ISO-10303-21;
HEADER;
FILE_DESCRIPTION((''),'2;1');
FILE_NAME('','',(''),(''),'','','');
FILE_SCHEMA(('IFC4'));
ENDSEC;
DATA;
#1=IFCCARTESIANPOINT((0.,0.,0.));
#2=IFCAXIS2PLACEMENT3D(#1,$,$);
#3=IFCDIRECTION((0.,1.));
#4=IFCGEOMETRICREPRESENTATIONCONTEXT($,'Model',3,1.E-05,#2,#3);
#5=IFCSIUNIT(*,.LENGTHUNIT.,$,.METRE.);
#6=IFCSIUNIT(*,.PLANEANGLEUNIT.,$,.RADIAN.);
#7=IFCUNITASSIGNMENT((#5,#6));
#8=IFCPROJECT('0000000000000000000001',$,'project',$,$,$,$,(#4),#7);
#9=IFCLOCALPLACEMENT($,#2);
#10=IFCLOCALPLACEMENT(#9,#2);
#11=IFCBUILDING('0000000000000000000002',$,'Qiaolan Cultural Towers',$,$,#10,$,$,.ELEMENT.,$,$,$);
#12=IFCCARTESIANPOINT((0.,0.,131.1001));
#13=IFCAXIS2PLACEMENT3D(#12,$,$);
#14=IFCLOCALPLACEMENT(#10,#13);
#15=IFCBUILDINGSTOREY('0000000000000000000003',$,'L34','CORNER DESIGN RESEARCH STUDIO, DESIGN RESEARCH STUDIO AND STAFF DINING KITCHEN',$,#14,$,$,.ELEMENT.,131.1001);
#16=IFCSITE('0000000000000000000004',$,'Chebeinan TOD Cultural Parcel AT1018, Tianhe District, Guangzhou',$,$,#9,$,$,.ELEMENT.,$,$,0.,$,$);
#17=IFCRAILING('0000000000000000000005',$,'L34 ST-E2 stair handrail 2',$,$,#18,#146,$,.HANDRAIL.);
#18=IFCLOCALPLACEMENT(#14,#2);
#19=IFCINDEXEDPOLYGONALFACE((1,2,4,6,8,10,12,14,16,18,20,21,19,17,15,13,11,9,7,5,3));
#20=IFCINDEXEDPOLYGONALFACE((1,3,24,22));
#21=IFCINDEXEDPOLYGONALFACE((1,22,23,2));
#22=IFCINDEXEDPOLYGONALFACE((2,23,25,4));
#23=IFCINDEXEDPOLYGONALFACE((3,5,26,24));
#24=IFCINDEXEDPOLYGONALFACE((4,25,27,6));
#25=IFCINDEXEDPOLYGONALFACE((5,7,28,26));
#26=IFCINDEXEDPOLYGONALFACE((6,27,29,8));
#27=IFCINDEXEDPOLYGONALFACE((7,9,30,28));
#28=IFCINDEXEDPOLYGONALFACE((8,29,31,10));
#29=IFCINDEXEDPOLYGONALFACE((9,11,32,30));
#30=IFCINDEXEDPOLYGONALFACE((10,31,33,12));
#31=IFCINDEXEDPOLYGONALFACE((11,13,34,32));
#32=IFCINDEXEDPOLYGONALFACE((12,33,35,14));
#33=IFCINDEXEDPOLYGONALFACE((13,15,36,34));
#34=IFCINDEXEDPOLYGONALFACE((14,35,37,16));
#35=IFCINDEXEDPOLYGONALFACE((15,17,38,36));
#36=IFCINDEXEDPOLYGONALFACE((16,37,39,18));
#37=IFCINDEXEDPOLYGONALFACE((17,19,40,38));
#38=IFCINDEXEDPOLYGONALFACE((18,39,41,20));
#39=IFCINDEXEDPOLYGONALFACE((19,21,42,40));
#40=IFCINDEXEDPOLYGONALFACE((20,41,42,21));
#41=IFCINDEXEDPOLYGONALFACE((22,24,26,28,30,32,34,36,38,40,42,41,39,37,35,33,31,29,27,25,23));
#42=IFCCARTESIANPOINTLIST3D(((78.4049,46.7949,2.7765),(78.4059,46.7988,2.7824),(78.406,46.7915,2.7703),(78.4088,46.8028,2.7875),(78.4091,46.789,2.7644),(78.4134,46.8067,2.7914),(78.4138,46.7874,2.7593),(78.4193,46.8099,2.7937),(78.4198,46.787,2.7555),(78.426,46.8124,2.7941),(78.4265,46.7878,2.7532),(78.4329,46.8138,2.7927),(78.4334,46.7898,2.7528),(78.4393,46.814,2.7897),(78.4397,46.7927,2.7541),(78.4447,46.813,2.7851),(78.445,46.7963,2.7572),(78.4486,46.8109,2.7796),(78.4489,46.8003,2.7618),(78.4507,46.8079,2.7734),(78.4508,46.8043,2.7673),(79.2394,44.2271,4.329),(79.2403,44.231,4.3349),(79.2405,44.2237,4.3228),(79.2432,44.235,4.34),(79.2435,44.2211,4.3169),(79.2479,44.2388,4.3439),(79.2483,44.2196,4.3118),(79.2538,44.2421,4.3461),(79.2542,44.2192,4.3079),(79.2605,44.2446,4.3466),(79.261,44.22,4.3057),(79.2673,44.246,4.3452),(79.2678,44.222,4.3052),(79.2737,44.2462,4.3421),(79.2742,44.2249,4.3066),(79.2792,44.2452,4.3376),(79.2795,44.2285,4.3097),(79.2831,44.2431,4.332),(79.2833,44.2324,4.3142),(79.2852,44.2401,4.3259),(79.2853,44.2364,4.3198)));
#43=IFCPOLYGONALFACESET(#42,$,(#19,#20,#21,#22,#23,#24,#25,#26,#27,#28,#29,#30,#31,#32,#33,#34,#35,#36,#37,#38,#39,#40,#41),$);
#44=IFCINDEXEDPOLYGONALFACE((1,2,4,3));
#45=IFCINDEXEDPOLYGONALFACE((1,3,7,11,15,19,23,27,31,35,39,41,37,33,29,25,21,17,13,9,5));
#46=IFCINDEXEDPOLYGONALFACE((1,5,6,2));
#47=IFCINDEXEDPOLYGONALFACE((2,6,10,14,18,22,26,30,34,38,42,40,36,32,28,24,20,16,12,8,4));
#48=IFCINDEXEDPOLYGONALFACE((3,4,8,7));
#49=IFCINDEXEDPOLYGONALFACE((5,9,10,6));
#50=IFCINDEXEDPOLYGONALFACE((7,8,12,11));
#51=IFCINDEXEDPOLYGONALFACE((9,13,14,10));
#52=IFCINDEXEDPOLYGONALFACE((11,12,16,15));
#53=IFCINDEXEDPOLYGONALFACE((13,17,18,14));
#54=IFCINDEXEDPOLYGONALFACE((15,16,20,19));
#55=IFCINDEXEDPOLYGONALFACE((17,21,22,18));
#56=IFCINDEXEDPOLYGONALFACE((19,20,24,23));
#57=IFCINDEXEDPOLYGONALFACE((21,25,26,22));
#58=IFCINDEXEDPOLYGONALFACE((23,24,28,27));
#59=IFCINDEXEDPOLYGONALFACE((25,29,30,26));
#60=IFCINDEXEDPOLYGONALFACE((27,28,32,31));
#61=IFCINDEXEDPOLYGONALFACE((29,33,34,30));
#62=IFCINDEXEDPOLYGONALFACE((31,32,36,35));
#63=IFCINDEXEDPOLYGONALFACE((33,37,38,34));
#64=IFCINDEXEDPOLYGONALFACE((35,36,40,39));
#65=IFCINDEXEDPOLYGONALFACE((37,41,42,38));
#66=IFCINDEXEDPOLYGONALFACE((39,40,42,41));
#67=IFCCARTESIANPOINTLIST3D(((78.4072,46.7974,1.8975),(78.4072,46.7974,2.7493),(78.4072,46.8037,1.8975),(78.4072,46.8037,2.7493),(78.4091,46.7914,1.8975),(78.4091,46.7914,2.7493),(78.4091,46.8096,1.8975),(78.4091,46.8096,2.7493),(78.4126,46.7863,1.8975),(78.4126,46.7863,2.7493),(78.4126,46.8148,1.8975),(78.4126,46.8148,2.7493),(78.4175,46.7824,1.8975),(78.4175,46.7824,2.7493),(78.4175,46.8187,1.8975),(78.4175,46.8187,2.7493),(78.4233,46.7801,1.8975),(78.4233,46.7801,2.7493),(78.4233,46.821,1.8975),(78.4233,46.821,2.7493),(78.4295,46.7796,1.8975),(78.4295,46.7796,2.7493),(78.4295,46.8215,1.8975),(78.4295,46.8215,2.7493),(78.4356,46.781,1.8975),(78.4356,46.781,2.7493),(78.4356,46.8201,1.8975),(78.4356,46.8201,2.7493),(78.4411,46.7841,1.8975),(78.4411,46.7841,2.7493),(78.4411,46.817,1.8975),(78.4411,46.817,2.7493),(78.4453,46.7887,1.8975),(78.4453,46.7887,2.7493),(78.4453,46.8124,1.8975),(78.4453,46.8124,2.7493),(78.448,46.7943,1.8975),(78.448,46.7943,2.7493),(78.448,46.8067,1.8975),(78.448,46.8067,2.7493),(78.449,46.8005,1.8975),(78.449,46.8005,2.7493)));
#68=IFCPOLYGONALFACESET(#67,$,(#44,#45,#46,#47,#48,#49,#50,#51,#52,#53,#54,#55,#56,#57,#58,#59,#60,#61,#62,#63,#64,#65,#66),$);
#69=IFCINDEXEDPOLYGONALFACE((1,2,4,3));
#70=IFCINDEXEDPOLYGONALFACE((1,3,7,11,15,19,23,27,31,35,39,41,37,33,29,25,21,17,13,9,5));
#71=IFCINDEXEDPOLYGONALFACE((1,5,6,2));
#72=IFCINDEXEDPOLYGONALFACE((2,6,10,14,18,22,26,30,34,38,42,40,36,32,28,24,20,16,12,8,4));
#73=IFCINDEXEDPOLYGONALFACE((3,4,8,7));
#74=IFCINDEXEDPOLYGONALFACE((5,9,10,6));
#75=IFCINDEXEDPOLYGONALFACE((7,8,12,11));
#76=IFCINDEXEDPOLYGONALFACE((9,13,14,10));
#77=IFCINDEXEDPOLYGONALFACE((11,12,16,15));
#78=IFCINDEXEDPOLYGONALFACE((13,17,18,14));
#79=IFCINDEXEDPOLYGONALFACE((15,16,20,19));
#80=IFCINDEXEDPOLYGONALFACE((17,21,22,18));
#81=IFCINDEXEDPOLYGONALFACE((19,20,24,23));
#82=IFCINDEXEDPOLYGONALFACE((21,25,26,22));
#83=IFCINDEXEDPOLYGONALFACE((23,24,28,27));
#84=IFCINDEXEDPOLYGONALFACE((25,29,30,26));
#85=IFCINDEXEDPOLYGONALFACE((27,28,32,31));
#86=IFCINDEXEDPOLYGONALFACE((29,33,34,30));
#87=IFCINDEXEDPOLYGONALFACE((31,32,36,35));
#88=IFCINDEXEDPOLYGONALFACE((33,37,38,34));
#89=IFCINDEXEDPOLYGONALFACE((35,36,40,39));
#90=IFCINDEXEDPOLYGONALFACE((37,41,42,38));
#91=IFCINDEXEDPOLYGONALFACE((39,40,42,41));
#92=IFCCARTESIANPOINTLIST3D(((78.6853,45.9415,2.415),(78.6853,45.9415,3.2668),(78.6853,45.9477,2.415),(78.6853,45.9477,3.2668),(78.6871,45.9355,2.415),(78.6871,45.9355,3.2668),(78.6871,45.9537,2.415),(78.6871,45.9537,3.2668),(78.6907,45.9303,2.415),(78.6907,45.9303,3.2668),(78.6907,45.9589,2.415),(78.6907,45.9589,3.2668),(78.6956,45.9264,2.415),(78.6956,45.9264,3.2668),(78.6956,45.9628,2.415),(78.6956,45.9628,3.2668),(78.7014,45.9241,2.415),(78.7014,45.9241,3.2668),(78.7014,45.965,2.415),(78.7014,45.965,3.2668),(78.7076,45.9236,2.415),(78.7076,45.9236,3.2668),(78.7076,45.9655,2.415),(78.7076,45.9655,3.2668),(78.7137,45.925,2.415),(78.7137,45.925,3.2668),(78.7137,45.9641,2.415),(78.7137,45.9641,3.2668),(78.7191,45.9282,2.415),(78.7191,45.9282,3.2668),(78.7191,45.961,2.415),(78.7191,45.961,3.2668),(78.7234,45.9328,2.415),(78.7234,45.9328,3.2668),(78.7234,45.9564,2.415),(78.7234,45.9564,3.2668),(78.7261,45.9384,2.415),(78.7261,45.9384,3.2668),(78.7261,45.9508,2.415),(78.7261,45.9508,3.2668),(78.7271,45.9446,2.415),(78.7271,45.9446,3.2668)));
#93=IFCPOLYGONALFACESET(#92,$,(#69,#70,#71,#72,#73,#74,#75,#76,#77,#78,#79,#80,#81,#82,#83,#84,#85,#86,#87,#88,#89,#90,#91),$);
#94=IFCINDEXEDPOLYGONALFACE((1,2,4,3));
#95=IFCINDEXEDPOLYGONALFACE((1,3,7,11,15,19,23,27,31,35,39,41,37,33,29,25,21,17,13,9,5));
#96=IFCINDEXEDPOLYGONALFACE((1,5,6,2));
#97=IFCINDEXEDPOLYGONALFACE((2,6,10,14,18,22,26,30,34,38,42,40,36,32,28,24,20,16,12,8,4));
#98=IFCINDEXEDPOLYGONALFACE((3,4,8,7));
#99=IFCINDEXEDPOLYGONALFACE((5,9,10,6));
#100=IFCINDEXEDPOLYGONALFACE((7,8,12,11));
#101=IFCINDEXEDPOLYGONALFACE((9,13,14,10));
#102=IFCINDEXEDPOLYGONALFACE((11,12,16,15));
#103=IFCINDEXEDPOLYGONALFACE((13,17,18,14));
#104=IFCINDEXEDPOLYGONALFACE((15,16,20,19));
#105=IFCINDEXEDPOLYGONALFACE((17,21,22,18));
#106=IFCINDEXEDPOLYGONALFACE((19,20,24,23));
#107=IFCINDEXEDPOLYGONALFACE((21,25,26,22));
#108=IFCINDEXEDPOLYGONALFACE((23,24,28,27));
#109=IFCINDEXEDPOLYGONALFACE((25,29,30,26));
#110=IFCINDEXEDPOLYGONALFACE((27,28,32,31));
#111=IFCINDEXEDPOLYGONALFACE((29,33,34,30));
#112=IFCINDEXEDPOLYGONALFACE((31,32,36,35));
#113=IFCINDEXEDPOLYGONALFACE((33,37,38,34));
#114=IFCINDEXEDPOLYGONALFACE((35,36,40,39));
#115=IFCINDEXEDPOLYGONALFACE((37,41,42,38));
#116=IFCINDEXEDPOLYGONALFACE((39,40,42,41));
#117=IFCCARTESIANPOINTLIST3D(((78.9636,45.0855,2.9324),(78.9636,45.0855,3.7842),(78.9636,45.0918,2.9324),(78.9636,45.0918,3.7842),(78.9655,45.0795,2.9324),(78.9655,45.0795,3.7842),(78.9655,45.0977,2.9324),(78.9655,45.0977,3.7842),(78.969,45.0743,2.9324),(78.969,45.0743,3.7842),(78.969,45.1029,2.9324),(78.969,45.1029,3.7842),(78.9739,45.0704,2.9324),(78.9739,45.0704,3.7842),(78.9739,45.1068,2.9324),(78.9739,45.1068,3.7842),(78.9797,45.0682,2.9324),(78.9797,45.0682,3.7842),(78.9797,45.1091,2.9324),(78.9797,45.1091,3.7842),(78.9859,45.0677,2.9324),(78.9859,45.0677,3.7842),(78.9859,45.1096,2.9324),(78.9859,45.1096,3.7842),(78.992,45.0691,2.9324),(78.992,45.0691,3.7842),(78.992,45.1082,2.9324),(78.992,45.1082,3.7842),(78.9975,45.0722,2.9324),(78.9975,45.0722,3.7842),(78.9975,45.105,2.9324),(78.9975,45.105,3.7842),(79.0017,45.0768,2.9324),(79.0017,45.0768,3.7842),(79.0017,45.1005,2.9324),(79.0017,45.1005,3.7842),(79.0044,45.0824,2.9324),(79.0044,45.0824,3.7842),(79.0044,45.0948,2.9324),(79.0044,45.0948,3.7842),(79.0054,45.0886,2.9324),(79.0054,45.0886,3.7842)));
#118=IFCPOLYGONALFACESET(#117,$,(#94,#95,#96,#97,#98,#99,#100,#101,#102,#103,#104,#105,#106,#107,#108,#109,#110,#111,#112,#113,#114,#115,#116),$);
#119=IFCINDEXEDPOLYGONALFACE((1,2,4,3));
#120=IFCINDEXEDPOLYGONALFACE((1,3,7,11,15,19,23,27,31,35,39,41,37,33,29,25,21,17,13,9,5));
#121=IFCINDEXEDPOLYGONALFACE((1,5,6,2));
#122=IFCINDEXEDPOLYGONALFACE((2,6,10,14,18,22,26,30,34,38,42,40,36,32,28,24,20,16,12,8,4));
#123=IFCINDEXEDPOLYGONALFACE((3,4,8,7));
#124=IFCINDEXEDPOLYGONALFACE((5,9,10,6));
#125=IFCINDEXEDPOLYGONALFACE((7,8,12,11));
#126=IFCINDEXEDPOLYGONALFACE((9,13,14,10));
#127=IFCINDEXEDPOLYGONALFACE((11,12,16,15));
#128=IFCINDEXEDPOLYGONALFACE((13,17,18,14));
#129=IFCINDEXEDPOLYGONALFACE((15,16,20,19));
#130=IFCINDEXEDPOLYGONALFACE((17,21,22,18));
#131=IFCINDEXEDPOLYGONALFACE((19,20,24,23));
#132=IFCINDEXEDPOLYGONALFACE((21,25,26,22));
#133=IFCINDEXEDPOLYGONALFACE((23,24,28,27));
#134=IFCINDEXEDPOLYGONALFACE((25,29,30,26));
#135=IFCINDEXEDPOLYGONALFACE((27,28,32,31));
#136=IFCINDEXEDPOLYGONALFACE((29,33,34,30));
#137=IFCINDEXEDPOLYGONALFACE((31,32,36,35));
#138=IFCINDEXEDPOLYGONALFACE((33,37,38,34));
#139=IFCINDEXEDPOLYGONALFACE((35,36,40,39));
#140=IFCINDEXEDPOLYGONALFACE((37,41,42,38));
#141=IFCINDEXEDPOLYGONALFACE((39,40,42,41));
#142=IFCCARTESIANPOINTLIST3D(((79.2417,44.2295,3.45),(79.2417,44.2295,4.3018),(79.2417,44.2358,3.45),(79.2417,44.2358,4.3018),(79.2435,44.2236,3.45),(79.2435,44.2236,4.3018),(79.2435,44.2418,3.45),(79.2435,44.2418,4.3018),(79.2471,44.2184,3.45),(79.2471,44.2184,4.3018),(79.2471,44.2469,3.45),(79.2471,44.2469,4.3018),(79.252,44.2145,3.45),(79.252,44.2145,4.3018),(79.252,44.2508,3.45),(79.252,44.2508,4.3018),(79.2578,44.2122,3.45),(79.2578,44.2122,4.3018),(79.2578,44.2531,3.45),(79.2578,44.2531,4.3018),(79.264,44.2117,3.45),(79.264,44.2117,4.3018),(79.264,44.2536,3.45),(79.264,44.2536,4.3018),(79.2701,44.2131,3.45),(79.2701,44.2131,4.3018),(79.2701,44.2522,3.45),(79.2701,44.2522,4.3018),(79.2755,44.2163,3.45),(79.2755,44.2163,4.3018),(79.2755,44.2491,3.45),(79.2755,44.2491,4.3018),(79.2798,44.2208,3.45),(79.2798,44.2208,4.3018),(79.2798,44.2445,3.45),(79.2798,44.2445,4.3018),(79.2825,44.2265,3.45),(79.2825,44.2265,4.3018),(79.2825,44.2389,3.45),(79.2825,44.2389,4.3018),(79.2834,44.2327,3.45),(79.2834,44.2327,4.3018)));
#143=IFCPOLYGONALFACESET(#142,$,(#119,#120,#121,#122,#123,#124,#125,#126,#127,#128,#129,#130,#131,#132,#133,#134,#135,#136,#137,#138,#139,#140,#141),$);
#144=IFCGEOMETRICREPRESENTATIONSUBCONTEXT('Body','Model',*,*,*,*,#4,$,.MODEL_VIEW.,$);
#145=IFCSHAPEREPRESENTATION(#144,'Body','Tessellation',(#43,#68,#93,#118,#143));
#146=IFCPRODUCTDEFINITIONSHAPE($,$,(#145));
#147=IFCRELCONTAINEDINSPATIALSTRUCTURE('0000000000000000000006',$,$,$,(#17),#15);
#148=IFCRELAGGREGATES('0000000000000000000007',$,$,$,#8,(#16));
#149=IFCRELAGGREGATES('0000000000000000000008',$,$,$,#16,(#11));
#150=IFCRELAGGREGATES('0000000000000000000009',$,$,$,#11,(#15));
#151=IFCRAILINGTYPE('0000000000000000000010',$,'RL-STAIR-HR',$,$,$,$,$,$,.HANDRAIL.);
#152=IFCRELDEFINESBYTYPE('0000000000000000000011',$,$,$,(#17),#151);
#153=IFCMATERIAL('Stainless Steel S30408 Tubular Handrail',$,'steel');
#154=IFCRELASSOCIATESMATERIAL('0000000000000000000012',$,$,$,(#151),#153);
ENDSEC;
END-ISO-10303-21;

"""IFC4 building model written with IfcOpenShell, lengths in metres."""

from ifc_helpers import new_model, si_unit, direction, frame, origin, origin_2d, place, context, subcontext, project, spatial, circle, extrude, material, type_object, element, save


model = new_model("IFC4")

# Units and contexts
model_context = context("Model", 3, precision=1e-05, world=origin(), true_north=direction((0.0, 1.0)))
body_context = subcontext(model_context, "Body", "Model", "MODEL_VIEW")
ifc_project = project(units=[si_unit("LENGTHUNIT", "METRE"), si_unit("PLANEANGLEUNIT", "RADIAN")], contexts=[model_context])

# Site, building, storey
site_placement = place(None, origin())
site = spatial("IfcSite", under=ifc_project, at=site_placement, Name="Chebeinan TOD Cultural Parcel AT1018, Tianhe District, Guangzhou", CompositionType="ELEMENT", RefElevation=0.0)
building_placement = place(site_placement, origin())
building = spatial("IfcBuilding", under=site, at=building_placement, Name="Qiaolan Cultural Towers", CompositionType="ELEMENT")
storey_placement = place(building_placement, frame((0.0, 0.0, 131.1001)))
storey = spatial("IfcBuildingStorey", under=building, at=storey_placement, Name="L34", Description="CORNER DESIGN RESEARCH STUDIO, DESIGN RESEARCH STUDIO AND STAFF DINING KITCHEN", CompositionType="ELEMENT", Elevation=131.1001)

# Railing
ifc_material_1 = material(Name="Stainless Steel S30408 Tubular Handrail", Category="steel")
railing_type_1 = type_object("IfcRailingType", Name="RL-STAIR-HR", PredefinedType="HANDRAIL", material=ifc_material_1)
railing_1_placement = place(storey_placement, frame((78.428, 46.8005, 1.8975)))
element("IfcRailing", 1, at=railing_1_placement, inside=storey, type_object=railing_type_1, Name="L34 ST-E2 stair handrail 2", PredefinedType="HANDRAIL", context=body_context, shape_type="SweptSolid", body=[
    extrude(circle(Radius=0.0239, at=origin_2d()), frame((0.0, 0.0, 0.876), z_axis=(0.267926, -0.824471, 0.498461), x_axis=(0.951043, 0.309057, 0.0)), (0.0, 0.0, 1.0), 3.1145),
    extrude(circle(Radius=0.021, at=origin_2d()), origin(), (0.0, 0.0, 1.0), 0.8518),
    extrude(circle(Radius=0.021, at=origin_2d()), frame((0.2781, -0.856, 0.5176)), (0.0, 0.0, 1.0), 0.8518),
    extrude(circle(Radius=0.021, at=origin_2d()), frame((0.5564, -1.7119, 1.0349)), (0.0, 0.0, 1.0), 0.8518),
    extrude(circle(Radius=0.021, at=origin_2d()), frame((0.8345, -2.5679, 1.5525)), (0.0, 0.0, 1.0), 0.8518),
])

save(model, "model.ifc")
